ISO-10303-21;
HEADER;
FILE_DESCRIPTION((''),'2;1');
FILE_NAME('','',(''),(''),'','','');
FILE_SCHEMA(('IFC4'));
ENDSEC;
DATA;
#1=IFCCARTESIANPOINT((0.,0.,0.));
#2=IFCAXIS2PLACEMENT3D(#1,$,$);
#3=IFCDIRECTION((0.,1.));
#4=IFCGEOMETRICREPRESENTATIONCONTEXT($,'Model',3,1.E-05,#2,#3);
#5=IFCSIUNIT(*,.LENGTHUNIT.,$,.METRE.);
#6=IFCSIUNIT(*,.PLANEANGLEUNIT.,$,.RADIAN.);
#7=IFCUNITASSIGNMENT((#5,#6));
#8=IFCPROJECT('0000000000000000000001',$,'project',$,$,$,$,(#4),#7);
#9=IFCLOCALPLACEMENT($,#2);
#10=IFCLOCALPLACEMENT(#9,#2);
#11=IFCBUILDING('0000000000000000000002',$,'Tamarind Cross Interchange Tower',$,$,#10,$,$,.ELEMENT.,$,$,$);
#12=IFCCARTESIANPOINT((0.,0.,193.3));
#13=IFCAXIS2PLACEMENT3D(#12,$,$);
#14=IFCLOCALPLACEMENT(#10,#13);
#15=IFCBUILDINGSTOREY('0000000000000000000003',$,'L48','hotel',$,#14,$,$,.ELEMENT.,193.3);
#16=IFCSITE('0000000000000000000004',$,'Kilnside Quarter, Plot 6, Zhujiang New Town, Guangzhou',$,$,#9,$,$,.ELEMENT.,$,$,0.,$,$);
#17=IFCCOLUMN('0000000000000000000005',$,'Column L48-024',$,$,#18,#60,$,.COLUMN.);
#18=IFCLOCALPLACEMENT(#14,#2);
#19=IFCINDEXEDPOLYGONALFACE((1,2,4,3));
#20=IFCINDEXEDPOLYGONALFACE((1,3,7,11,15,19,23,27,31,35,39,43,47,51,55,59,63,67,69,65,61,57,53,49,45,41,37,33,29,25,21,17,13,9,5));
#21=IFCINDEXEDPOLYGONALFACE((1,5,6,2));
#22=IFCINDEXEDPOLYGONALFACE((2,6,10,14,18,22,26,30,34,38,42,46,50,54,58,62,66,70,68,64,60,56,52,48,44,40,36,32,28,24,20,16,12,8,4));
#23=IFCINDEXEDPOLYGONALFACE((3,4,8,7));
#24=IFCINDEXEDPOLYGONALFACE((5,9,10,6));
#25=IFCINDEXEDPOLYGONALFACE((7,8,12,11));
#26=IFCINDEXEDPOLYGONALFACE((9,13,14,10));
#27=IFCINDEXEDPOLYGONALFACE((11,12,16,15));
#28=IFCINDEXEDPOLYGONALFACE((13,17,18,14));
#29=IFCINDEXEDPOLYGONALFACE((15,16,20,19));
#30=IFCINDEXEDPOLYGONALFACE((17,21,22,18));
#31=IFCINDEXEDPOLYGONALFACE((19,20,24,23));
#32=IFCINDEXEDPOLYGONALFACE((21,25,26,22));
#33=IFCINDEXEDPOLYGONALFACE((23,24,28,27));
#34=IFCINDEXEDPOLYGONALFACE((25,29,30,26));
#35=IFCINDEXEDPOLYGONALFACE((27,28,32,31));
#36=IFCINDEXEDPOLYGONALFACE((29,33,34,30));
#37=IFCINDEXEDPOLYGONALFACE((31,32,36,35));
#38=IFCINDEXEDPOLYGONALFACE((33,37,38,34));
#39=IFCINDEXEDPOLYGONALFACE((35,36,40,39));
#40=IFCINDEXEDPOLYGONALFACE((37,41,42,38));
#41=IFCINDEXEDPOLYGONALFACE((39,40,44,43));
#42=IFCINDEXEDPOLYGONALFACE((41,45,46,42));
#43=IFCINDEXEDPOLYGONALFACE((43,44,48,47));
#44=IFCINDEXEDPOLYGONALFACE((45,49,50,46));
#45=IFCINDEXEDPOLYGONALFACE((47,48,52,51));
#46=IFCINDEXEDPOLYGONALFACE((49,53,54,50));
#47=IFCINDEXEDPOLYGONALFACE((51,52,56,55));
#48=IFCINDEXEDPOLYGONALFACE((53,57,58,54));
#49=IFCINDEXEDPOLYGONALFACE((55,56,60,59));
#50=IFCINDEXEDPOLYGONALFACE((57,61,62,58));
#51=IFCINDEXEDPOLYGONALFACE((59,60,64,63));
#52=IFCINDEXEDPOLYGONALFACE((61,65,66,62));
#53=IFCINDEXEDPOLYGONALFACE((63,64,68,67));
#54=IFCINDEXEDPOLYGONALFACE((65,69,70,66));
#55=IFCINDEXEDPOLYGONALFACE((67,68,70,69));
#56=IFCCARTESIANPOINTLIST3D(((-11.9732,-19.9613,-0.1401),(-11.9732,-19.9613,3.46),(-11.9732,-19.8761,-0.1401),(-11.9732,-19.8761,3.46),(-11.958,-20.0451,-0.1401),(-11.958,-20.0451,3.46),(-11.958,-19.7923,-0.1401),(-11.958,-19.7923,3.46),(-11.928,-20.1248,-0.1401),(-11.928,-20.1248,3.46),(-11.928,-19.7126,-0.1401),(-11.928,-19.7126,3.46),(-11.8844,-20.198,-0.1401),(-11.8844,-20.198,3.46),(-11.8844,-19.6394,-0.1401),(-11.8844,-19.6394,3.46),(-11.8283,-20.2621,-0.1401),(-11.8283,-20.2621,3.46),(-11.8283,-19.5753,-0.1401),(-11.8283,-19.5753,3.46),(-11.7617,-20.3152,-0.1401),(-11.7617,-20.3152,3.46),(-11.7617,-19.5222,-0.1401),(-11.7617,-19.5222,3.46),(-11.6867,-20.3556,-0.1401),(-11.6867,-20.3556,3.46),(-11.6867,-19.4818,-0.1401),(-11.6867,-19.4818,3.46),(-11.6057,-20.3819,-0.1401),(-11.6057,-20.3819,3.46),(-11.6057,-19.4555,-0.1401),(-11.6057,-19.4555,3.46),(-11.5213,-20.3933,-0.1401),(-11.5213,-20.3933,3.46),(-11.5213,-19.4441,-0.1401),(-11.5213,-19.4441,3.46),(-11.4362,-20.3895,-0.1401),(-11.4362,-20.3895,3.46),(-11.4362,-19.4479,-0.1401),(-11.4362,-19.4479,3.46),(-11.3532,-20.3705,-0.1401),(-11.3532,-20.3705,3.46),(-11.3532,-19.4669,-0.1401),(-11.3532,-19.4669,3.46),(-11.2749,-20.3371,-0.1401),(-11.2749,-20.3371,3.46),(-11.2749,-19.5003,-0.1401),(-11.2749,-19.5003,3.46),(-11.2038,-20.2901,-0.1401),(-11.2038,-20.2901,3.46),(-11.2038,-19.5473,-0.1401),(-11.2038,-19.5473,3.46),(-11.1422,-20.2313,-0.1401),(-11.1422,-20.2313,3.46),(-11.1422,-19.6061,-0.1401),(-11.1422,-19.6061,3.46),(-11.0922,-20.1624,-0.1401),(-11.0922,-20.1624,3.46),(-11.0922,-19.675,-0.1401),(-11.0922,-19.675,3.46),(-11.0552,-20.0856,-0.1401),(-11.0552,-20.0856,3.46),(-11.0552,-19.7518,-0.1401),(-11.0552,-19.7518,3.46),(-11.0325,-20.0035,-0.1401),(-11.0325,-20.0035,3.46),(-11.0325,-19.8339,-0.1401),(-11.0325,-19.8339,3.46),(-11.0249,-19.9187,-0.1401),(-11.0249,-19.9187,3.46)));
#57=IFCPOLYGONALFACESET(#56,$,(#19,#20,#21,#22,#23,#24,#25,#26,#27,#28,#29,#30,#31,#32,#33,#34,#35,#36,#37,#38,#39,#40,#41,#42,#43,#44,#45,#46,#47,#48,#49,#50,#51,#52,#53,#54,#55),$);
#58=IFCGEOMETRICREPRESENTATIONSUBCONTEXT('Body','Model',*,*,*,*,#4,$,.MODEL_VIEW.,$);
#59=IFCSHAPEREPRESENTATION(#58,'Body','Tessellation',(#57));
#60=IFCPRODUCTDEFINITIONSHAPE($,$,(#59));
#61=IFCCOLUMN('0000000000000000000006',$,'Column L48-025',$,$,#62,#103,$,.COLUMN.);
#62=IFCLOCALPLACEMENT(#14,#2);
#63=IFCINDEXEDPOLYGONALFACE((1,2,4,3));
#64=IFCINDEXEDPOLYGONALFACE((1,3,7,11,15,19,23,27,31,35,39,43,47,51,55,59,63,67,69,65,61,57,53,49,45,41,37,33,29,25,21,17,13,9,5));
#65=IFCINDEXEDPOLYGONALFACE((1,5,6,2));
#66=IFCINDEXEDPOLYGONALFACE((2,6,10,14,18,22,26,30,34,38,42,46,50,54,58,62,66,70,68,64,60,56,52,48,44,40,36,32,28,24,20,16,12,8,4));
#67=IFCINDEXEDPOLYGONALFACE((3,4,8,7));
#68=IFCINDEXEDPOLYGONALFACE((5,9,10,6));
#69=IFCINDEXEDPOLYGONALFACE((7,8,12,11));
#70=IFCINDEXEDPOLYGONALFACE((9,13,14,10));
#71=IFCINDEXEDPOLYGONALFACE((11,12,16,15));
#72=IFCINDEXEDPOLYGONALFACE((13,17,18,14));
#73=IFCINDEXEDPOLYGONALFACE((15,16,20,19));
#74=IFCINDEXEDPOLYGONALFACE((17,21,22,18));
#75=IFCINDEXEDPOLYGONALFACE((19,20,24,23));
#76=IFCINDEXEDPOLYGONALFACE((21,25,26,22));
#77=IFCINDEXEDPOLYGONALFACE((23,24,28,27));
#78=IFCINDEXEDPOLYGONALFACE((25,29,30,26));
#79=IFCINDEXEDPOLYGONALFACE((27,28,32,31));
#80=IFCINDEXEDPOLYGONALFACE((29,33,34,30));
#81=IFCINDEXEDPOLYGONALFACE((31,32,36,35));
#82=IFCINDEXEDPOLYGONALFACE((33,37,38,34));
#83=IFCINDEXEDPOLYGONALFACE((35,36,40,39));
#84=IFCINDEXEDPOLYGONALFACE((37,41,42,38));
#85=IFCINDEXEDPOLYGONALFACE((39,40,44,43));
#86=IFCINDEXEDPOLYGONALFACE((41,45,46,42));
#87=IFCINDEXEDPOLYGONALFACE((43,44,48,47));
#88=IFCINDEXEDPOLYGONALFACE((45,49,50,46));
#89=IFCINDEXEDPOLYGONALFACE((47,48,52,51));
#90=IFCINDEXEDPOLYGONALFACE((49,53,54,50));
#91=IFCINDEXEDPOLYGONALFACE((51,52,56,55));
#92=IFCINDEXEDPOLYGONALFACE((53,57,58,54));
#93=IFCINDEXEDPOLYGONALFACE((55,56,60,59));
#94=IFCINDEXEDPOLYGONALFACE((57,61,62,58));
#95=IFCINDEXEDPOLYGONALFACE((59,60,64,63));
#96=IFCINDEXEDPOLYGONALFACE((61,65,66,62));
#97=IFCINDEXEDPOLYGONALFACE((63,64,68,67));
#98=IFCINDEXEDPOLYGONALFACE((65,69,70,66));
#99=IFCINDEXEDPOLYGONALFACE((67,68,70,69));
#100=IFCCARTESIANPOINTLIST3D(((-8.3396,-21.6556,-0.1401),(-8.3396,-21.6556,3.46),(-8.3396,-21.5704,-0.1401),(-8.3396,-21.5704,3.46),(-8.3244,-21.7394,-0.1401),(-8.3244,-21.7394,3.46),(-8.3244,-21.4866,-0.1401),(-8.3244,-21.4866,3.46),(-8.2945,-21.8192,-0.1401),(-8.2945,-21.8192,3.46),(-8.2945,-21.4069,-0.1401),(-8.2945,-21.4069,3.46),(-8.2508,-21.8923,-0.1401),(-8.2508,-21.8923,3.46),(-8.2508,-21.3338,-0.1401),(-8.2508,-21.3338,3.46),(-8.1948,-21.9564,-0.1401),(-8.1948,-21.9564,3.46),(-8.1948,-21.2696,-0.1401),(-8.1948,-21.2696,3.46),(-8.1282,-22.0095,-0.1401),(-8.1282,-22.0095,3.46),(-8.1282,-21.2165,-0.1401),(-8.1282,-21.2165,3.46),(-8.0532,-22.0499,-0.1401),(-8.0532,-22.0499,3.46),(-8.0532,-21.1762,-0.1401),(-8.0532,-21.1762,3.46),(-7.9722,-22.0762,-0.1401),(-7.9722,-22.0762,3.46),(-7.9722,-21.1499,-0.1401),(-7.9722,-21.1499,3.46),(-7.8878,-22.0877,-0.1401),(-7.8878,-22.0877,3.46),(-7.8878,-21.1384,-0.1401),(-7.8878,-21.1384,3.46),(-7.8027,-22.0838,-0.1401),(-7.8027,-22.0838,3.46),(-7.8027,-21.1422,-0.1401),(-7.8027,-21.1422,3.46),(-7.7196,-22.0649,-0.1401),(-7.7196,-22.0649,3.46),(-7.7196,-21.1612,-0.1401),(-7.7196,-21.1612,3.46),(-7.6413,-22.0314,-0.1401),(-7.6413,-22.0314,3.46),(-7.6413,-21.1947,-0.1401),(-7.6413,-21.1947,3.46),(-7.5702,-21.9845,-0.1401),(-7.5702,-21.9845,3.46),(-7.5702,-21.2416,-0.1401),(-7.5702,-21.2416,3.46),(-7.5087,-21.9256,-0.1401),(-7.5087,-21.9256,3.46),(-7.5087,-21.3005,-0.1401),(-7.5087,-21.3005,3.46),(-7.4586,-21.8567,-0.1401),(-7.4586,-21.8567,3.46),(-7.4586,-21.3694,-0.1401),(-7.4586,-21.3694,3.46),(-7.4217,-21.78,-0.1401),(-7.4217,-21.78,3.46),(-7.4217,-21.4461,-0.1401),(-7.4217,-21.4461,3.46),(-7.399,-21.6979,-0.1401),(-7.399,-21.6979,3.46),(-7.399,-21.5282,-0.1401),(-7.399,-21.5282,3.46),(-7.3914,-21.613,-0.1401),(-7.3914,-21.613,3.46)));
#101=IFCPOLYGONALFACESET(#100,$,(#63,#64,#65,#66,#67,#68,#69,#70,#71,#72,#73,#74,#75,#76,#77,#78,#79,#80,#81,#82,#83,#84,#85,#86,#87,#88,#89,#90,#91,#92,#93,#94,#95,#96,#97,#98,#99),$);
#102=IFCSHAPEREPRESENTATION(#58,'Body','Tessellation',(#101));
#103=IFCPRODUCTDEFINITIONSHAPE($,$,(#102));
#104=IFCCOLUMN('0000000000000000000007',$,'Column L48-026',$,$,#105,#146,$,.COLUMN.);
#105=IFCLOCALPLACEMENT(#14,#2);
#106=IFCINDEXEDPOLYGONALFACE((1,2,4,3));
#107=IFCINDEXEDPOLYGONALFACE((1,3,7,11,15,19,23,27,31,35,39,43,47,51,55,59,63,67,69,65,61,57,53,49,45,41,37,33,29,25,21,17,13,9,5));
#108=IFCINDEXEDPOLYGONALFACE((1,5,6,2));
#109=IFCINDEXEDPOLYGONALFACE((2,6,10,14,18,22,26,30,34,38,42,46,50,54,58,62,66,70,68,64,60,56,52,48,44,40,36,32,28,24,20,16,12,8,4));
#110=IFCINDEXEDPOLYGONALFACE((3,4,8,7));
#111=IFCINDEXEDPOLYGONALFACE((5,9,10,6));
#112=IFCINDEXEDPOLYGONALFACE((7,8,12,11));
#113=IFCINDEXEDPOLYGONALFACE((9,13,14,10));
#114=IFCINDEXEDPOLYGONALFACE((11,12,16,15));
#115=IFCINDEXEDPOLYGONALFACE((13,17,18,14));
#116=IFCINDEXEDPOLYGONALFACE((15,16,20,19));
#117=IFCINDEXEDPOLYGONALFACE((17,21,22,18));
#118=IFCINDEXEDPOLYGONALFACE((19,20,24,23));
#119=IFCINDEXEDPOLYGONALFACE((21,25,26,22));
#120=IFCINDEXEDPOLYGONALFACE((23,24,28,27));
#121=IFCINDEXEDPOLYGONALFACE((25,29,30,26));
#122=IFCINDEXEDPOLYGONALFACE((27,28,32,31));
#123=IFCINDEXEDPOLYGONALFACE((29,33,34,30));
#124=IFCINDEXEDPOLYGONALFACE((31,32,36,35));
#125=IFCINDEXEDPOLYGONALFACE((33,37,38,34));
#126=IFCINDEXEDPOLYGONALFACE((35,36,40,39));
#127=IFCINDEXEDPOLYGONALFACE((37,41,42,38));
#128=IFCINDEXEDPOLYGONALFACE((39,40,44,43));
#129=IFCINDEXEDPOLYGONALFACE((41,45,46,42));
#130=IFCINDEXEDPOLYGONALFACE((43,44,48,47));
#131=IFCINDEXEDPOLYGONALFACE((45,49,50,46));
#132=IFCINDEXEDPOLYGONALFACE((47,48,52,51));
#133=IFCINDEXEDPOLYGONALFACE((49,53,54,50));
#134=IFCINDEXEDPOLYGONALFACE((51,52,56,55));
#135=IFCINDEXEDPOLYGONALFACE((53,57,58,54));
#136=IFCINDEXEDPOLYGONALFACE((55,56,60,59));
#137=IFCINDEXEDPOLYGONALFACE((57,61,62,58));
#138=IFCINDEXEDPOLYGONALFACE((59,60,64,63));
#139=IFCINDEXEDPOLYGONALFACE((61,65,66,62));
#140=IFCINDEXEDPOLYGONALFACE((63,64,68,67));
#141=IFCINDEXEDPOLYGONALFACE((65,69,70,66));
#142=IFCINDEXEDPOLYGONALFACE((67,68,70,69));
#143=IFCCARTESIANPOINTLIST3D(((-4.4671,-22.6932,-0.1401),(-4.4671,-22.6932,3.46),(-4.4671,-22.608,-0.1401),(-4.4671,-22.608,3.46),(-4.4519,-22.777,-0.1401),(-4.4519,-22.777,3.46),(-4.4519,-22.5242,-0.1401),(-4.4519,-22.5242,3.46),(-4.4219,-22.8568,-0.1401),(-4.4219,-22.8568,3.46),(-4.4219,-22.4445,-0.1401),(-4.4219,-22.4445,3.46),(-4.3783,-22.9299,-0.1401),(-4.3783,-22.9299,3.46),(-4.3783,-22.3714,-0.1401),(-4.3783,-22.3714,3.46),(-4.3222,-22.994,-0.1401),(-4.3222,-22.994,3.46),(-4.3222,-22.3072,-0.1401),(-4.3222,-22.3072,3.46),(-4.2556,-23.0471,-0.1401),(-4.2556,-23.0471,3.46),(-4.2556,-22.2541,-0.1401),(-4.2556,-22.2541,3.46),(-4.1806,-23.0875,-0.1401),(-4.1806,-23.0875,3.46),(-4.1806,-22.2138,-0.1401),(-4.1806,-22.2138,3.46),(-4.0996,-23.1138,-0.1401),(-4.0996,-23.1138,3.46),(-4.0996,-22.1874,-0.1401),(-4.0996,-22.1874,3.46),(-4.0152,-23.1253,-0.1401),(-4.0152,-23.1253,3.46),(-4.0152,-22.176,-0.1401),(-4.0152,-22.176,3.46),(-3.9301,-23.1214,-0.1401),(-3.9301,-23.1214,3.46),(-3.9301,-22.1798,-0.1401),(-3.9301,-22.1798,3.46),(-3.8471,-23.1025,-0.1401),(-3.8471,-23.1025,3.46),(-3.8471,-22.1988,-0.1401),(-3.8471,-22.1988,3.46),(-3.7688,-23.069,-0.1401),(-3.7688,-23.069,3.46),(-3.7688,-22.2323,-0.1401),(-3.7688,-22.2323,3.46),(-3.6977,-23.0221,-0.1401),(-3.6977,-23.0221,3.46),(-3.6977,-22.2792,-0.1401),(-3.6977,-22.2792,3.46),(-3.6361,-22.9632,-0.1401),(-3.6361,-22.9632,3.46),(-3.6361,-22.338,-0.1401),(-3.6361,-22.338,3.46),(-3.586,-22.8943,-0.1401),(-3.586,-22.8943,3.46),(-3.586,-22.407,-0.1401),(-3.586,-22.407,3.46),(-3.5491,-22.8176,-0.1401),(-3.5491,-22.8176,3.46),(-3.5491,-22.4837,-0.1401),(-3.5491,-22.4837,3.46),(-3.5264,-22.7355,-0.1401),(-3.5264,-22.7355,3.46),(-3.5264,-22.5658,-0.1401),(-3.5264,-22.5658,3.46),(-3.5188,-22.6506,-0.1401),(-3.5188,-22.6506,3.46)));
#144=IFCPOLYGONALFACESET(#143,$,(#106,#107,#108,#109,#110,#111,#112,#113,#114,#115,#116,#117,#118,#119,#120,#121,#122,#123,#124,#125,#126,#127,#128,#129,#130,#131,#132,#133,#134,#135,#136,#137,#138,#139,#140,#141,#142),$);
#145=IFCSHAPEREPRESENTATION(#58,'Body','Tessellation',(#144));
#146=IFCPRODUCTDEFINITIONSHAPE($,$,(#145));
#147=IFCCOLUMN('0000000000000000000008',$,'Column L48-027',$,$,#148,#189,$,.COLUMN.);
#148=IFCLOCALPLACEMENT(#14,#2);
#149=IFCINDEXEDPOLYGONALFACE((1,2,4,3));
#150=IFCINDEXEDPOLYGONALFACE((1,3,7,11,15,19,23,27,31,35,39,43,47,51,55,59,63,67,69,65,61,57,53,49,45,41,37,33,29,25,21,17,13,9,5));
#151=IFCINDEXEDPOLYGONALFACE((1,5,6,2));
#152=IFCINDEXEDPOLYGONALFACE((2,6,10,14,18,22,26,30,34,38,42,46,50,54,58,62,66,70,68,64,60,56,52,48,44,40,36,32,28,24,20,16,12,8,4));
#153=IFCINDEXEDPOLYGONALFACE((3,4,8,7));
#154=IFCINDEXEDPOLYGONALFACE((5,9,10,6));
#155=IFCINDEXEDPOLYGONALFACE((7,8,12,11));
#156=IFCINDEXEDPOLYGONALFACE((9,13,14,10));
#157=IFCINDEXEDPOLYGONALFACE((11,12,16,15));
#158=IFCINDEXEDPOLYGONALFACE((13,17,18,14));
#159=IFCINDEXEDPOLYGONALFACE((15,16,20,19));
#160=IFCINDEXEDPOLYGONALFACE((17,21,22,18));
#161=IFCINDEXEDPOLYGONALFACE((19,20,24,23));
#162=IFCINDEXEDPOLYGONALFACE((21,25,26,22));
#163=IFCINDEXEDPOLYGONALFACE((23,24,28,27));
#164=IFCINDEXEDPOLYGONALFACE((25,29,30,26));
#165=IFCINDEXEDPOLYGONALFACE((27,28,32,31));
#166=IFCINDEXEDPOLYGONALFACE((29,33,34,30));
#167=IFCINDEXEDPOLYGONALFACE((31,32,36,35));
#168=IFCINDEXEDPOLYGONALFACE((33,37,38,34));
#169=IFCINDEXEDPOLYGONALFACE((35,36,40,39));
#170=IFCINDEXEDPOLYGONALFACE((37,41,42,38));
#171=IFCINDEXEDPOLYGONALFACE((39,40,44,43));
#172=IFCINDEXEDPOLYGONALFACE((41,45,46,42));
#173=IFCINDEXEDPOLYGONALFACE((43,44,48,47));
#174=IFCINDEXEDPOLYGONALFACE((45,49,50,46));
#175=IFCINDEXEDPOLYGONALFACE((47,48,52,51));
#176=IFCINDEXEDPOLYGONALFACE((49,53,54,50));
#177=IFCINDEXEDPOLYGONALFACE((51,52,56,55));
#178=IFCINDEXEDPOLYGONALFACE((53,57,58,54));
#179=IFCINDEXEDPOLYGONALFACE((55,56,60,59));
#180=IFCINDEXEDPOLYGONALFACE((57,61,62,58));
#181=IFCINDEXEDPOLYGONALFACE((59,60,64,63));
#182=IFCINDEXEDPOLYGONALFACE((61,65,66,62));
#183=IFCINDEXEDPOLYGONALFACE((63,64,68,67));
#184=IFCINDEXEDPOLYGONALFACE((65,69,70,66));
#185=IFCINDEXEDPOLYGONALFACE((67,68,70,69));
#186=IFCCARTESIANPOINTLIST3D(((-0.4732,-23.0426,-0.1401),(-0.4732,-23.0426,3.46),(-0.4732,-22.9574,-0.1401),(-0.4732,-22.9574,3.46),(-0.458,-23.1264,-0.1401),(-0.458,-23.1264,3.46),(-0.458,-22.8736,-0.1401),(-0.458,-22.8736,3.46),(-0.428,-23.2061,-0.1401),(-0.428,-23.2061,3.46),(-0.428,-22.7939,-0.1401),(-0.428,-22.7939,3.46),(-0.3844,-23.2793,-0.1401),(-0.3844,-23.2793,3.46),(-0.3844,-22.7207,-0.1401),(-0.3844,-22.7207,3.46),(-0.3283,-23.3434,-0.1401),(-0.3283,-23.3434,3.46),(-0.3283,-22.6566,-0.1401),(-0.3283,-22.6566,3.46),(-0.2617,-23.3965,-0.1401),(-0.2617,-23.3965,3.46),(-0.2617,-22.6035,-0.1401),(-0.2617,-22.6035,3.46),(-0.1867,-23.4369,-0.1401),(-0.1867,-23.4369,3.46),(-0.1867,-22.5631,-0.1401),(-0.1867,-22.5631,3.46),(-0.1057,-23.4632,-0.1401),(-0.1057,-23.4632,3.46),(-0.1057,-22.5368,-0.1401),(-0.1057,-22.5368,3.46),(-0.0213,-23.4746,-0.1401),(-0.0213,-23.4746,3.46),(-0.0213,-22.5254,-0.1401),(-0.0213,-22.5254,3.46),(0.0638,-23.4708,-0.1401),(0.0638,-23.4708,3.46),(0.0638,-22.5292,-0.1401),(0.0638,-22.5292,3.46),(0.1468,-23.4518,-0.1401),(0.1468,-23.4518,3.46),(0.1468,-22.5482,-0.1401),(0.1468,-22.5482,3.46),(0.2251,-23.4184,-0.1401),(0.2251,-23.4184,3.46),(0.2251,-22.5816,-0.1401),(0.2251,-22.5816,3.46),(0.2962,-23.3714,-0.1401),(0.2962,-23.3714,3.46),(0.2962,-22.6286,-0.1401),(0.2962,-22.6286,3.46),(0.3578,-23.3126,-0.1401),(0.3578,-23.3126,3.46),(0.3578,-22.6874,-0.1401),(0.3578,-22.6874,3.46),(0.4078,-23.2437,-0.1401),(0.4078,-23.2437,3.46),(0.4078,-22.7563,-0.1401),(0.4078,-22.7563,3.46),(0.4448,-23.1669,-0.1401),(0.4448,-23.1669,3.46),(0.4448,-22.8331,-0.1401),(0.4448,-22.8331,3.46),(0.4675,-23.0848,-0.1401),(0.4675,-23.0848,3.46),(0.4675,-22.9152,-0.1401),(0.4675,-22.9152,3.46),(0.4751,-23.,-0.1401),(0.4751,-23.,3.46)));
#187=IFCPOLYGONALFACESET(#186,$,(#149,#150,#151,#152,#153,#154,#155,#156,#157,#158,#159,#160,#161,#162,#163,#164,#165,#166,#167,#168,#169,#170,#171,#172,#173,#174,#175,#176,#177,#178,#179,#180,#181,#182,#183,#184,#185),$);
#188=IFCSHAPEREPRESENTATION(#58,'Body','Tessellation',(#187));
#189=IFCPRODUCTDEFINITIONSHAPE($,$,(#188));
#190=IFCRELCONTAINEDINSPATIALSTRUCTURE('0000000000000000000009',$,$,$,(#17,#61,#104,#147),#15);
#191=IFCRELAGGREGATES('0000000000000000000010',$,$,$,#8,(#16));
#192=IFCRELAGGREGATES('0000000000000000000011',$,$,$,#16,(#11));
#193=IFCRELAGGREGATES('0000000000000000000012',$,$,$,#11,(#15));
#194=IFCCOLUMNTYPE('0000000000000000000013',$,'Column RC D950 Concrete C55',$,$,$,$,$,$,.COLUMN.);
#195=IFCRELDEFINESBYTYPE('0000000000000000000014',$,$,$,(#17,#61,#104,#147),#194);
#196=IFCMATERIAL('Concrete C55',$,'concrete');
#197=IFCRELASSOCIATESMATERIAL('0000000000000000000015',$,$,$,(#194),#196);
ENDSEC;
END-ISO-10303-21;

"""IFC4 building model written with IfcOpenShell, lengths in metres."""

from ifc_helpers import new_model, si_unit, direction, frame, origin, origin_2d, place, context, subcontext, project, spatial, circle, extrude, material, material_profile, profile_set, type_object, element, save


model = new_model("IFC4")

# Units and contexts
model_context = context("Model", 3, precision=1e-05, world=origin(), true_north=direction((0.0, 1.0)))
body_context = subcontext(model_context, "Body", "Model", "MODEL_VIEW")
ifc_project = project(units=[si_unit("LENGTHUNIT", "METRE"), si_unit("PLANEANGLEUNIT", "RADIAN")], contexts=[model_context])

# Site, building, storey
site_placement = place(None, origin())
site = spatial("IfcSite", under=ifc_project, at=site_placement, Name="Kilnside Quarter, Plot 6, Zhujiang New Town, Guangzhou", CompositionType="ELEMENT", RefElevation=0.0)
building_placement = place(site_placement, origin())
building = spatial("IfcBuilding", under=site, at=building_placement, Name="Tamarind Cross Interchange Tower", CompositionType="ELEMENT")
storey_placement = place(building_placement, frame((0.0, 0.0, 193.3)))
storey = spatial("IfcBuildingStorey", under=building, at=storey_placement, Name="L48", Description="hotel", CompositionType="ELEMENT", Elevation=193.3)

# Columns
ifc_material_1 = material(Name="Concrete C55", Category="concrete")
ifc_material_profile_1 = material_profile(ifc_material_1, circle(Radius=0.4751, at=origin_2d()), Name="RC D950")
ifc_profile_set_1 = profile_set([ifc_material_profile_1], Name="Concrete C55")
column_type = type_object("IfcColumnType", Name="Column RC D950 Concrete C55", PredefinedType="COLUMN", material=ifc_profile_set_1)
for number, where, z_axis, x_axis, name in (
    (1, (-11.5, -19.9187, -0.1401), (0.0, 0.0, 1.0), (1.0, 0.0, 0.0), "Column L48-024"),
    (2, (-7.8665, -21.613, -0.1401), (0.0, 0.0, 1.0), (1.0, 0.0, 0.0), "Column L48-025"),
    (3, (-3.9939, -22.6506, -0.1401), (0.0, 0.0, 1.0), (1.0, 0.0, 0.0), "Column L48-026"),
    (4, (0.0, -23.0, -0.1401), (0.0, 0.0, 1.0), (1.0, 0.0, 0.0), "Column L48-027"),
):
    element("IfcColumn", number, at=place(storey_placement, frame(where, z_axis=z_axis, x_axis=x_axis)), inside=storey, type_object=column_type, Name=name, PredefinedType="COLUMN", context=body_context, shape_type="SweptSolid", body=[
        extrude(circle(Radius=0.4751, at=origin_2d()), origin(), (0.0, 0.0, 1.0), 3.6001),
    ])

save(model, "model.ifc")
